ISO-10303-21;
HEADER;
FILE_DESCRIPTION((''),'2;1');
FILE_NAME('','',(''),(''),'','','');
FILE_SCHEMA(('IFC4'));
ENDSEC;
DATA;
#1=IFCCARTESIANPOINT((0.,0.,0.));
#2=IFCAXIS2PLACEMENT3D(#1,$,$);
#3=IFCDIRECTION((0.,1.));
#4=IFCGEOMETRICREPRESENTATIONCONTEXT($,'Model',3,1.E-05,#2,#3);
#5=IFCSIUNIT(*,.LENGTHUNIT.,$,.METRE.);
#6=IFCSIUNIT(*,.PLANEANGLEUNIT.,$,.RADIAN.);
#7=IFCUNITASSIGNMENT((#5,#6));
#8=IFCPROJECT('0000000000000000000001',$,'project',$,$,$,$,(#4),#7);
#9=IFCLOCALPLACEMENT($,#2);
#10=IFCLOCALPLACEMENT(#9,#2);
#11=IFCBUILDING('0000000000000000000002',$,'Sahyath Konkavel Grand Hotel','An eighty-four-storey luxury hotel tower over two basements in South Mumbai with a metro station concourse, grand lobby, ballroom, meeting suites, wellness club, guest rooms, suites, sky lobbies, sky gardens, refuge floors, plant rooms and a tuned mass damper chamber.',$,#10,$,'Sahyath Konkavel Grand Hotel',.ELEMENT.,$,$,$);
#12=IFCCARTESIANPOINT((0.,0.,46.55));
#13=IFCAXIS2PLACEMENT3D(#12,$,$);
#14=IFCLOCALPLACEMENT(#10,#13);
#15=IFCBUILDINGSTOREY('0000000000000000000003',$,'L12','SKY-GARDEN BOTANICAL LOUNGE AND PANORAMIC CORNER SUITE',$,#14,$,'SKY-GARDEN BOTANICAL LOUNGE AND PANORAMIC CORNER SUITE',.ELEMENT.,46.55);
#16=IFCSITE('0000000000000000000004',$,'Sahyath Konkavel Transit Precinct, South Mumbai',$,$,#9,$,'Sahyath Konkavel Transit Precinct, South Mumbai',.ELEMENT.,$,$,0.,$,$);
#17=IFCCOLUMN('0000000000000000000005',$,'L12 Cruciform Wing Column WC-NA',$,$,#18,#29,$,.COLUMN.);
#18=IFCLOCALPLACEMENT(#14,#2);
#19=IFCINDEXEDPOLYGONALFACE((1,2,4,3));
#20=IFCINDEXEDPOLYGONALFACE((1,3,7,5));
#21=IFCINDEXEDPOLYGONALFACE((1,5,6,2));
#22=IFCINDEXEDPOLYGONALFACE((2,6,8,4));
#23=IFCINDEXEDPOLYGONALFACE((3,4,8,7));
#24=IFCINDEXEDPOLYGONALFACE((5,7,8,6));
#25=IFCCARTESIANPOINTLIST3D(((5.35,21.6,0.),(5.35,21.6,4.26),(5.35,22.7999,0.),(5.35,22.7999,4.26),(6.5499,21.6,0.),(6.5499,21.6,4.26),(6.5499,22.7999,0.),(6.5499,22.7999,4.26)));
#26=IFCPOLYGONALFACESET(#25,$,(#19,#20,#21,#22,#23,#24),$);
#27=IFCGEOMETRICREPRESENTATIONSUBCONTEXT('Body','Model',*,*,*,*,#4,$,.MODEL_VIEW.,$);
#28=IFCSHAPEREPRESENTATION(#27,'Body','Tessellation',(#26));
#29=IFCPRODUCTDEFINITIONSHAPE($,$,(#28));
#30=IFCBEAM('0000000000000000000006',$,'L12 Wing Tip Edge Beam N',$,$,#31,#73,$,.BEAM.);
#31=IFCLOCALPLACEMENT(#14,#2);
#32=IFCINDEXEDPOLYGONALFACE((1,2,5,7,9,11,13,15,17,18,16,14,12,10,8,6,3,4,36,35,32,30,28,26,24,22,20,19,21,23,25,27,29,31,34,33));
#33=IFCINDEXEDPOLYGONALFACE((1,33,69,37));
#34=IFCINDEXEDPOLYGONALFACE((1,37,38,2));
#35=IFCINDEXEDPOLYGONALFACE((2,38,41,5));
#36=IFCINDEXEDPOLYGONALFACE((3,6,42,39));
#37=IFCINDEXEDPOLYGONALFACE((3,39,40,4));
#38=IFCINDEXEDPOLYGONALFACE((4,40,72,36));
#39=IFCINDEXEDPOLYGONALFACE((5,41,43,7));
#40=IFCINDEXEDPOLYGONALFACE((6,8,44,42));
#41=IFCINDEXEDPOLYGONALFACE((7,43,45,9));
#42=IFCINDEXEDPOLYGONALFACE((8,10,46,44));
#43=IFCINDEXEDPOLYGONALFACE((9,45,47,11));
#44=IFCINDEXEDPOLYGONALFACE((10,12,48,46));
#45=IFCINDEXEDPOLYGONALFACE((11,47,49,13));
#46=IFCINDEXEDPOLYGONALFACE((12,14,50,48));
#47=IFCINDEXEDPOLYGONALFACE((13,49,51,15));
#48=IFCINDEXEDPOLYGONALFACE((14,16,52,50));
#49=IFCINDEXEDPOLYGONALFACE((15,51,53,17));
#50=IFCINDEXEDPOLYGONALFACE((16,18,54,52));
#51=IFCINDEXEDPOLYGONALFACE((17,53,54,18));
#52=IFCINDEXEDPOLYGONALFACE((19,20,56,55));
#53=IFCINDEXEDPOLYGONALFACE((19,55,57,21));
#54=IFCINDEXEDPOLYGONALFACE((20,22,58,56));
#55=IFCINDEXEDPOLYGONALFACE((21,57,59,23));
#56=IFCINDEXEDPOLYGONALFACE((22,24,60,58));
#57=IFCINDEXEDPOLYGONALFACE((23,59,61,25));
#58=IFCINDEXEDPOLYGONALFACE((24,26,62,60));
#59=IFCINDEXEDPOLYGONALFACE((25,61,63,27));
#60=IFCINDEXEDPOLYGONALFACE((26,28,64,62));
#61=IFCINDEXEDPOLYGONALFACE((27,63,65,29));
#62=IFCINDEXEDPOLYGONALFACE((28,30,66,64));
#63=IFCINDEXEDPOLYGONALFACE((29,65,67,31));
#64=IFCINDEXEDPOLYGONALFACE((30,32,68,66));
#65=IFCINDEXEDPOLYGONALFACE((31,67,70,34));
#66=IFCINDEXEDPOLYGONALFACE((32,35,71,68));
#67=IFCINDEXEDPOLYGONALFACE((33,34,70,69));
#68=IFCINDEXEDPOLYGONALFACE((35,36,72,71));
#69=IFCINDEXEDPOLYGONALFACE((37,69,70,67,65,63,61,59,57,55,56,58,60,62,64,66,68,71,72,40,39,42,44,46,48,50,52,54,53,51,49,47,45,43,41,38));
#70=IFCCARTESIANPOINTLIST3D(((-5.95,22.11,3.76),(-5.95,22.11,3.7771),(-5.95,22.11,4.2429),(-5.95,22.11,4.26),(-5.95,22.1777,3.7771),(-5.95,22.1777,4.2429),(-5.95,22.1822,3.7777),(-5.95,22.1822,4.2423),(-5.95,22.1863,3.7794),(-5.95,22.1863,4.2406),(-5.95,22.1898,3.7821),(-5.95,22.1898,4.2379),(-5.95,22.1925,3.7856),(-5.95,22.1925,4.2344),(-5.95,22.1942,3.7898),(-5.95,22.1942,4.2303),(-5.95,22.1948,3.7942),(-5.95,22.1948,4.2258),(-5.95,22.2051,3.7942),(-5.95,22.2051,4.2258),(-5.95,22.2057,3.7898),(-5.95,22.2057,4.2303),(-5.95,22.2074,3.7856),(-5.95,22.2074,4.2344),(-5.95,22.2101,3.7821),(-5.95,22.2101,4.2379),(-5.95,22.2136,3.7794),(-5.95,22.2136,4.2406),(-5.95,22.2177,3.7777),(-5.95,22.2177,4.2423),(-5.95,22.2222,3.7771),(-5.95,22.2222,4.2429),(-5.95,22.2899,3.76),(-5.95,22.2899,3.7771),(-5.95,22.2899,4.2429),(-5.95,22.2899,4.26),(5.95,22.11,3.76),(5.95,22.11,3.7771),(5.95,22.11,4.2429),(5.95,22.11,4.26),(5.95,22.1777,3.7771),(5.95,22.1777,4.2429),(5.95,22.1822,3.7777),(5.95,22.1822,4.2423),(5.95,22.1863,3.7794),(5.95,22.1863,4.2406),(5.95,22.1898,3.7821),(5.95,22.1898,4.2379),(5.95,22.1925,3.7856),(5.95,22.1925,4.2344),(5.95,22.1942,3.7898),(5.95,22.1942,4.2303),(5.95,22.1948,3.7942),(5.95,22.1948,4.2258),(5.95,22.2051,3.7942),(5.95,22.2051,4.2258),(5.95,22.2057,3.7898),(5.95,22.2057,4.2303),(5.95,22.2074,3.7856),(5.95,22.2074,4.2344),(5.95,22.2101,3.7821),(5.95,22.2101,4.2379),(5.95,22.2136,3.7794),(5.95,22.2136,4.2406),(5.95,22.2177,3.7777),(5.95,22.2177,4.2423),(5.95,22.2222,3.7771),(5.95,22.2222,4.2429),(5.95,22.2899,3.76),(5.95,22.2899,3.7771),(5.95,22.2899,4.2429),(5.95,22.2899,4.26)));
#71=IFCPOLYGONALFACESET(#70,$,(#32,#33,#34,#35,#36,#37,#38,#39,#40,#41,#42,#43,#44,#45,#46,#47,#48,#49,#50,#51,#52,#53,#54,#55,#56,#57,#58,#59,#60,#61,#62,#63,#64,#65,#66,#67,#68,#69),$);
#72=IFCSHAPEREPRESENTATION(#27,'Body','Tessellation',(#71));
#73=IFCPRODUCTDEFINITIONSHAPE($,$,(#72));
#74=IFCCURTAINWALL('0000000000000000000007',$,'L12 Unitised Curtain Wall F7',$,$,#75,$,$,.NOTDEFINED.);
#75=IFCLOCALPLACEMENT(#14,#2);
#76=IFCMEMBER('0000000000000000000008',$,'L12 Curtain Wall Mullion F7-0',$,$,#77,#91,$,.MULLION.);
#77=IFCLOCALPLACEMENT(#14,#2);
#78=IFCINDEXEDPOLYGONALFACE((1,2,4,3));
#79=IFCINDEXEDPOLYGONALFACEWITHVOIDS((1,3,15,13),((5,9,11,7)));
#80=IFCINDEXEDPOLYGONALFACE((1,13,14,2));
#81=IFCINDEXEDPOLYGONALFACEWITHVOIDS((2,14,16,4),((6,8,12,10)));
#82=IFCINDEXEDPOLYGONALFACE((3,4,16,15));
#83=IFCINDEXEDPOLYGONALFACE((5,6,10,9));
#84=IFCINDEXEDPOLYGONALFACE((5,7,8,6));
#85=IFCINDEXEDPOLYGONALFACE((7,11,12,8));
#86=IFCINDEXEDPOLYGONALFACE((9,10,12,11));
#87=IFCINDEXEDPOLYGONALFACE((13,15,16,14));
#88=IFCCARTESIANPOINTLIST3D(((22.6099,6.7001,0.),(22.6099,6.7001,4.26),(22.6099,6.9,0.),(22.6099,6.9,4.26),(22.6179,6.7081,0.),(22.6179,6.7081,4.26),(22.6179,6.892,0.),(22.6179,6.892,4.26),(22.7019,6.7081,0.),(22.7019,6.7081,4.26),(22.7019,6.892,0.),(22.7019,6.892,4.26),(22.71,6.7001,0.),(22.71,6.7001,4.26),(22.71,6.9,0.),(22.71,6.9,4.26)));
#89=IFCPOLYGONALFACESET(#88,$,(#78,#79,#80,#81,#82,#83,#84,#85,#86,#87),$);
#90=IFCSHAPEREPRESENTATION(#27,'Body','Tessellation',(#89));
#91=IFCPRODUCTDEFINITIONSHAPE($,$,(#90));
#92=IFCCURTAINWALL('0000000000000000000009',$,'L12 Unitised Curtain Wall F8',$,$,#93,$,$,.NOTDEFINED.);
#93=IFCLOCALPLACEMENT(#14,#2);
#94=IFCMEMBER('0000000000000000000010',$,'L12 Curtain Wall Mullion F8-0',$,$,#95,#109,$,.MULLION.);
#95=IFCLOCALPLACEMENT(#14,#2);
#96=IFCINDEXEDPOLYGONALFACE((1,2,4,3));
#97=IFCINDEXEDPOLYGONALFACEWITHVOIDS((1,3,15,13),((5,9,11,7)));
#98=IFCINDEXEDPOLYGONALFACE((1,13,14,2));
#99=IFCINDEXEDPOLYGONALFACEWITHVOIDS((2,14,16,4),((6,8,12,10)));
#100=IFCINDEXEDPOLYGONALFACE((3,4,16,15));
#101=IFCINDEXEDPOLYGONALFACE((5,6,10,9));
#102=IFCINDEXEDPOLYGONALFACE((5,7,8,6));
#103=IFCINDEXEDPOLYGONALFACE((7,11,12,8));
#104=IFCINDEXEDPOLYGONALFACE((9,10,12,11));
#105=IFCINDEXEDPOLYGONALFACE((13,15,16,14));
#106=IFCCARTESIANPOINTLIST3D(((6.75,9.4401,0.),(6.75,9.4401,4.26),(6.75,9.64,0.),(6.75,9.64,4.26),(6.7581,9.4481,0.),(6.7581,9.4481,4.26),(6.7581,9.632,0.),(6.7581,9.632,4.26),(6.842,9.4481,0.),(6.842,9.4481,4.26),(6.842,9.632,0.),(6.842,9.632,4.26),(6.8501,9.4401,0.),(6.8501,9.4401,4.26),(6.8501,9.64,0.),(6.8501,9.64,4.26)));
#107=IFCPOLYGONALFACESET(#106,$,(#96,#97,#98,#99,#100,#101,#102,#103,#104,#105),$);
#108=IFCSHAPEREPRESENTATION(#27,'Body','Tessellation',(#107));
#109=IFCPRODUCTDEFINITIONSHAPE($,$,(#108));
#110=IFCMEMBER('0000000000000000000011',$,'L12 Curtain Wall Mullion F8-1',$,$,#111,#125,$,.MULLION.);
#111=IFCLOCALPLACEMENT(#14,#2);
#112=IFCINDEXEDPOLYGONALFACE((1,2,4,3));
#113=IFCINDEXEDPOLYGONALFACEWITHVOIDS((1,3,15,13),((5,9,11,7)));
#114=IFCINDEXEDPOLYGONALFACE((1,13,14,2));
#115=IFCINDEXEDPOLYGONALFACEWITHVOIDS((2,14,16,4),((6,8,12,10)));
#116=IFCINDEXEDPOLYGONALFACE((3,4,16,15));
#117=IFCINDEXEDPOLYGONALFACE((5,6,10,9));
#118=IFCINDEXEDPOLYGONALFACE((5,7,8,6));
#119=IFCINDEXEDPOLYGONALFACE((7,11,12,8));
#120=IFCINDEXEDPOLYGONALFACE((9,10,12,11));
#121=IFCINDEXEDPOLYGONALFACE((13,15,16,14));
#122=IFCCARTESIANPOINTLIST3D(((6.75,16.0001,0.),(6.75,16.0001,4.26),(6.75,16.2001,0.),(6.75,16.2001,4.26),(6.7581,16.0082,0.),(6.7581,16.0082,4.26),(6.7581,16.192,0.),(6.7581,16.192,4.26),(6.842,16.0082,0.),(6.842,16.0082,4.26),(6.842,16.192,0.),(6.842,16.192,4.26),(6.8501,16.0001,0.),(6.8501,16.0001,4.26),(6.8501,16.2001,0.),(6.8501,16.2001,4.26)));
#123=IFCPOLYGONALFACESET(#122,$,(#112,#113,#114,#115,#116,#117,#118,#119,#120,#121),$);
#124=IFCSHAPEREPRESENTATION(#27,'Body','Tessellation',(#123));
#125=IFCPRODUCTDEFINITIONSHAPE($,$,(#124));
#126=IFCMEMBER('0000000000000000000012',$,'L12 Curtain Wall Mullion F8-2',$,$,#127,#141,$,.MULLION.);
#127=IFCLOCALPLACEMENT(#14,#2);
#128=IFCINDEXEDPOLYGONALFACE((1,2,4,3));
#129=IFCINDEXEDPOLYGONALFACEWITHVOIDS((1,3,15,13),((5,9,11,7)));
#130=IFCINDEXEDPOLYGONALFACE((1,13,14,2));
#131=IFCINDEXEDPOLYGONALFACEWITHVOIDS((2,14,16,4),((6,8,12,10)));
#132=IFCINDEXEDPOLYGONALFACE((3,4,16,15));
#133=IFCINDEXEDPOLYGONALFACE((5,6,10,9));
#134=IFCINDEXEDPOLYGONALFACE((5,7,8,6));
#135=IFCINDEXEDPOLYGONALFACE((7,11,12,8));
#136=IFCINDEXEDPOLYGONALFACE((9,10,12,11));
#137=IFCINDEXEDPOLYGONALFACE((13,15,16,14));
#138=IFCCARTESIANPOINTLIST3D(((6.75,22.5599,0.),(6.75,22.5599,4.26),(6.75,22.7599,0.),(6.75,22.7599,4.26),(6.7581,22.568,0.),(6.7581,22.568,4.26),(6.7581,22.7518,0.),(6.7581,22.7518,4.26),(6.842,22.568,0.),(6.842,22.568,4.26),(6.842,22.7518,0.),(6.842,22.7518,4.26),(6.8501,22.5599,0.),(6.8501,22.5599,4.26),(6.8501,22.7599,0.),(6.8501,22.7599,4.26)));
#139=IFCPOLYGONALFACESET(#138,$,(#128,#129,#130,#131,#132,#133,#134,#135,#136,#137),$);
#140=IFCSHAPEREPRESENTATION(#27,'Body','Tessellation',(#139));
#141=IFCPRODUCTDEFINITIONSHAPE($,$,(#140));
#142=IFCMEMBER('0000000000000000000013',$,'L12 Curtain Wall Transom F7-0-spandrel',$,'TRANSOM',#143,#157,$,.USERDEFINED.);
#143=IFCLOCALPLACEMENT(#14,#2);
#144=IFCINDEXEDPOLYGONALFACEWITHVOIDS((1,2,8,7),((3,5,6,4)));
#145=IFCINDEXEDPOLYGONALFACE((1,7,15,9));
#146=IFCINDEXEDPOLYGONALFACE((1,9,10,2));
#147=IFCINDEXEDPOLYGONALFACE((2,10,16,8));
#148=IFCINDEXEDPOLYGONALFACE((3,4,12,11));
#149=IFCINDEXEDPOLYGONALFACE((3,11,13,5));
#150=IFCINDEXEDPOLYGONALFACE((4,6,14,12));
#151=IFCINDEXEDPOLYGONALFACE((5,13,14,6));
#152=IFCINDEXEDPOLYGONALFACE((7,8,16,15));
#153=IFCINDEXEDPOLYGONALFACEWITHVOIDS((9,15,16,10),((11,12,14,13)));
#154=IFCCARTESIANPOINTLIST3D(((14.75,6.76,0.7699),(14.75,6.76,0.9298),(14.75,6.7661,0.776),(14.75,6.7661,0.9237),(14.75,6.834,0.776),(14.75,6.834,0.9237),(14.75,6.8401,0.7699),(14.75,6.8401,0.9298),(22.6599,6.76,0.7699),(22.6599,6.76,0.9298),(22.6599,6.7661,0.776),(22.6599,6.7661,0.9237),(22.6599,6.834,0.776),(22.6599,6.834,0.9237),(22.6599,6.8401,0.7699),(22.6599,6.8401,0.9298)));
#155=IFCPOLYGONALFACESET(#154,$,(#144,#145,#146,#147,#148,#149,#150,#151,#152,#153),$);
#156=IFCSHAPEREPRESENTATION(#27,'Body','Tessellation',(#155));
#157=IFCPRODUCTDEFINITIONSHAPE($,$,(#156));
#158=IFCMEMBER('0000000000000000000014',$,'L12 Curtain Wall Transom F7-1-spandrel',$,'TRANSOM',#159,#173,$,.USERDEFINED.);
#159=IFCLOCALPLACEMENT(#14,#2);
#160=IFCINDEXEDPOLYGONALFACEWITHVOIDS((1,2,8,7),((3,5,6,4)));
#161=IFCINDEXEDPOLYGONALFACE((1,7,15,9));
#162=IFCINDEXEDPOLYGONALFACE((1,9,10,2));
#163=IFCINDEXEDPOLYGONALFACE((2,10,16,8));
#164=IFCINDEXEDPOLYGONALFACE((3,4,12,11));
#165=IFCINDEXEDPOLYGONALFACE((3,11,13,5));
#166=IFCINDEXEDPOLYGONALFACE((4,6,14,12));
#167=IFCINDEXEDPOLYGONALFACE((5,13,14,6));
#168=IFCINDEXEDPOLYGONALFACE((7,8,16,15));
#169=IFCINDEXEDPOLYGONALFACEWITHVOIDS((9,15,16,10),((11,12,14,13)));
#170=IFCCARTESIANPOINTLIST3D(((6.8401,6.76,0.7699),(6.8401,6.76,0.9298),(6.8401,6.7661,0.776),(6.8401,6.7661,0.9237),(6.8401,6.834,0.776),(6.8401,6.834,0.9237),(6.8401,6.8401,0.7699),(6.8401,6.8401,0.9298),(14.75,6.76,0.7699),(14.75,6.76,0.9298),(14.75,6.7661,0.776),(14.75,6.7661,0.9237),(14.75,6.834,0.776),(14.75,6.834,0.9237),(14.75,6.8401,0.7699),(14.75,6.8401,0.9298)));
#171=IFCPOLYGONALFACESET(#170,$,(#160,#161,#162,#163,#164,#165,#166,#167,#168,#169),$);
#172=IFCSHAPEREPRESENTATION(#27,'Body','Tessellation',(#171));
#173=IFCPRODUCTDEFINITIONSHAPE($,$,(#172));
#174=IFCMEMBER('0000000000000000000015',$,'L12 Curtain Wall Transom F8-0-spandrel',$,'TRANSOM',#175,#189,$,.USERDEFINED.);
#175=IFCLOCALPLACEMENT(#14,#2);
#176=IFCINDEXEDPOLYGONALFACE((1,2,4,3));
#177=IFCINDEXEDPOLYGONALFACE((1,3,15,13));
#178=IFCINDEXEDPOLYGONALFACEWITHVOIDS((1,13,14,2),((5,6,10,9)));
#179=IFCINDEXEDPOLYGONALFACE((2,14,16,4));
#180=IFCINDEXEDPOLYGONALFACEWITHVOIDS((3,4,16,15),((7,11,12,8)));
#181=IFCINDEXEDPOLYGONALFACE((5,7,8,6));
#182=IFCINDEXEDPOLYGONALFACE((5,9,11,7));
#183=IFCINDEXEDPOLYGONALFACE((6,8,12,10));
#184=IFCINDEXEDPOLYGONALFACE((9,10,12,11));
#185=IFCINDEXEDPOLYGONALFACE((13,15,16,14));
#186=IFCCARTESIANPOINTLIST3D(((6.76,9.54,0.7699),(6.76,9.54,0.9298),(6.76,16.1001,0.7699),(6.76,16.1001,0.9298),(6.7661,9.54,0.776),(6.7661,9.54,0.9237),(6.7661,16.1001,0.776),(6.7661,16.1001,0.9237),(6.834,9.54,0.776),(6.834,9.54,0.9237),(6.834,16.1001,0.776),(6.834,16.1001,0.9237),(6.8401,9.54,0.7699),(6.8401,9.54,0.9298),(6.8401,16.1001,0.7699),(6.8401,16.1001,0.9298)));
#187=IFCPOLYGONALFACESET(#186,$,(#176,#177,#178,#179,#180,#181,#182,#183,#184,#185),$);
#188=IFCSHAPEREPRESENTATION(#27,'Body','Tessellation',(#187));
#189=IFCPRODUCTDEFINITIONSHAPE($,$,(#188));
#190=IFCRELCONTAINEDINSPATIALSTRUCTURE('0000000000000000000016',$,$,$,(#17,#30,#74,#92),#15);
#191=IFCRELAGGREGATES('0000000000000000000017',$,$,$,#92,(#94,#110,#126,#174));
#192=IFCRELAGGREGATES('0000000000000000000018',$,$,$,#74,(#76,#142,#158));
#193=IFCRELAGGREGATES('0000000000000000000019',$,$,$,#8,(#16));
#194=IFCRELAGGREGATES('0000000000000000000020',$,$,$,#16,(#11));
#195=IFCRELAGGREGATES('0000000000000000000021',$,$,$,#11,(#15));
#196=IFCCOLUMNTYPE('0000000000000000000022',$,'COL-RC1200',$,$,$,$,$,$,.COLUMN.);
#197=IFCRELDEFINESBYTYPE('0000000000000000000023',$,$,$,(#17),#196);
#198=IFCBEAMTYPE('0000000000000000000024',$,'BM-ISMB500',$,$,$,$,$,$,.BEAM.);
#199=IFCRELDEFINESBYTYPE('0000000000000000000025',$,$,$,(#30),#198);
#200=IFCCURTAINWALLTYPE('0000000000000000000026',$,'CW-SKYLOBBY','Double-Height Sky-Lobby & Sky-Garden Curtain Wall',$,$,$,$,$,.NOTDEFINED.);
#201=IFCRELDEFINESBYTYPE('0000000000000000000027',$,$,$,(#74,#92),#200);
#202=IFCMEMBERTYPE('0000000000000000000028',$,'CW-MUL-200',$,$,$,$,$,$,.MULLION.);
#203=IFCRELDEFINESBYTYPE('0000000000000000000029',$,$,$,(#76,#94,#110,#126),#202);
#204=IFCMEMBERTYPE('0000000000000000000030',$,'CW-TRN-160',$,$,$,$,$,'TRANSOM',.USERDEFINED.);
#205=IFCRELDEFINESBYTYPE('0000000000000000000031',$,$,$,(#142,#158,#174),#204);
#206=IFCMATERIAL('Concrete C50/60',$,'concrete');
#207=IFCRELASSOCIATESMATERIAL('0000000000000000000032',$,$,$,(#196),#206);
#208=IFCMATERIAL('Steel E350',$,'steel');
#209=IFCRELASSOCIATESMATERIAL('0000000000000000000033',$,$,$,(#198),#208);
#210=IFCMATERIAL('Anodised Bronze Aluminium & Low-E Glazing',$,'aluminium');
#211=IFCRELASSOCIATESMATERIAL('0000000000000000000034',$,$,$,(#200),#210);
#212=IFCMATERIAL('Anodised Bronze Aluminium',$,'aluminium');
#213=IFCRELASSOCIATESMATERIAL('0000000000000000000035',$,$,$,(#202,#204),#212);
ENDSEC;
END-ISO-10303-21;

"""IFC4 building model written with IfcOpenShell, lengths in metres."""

from ifc_helpers import new_model, si_unit, direction, frame, origin, origin_2d, place, context, subcontext, project, spatial, rectangle, hollow_rectangle, i_section, extrude, source, transform, mapped, material, material_profile, profile_set, type_object, element, aggregate, save


model = new_model("IFC4")

# Units and contexts
model_context = context("Model", 3, precision=1e-05, world=origin(), true_north=direction((0.0, 1.0)))
body_context = subcontext(model_context, "Body", "Model", "MODEL_VIEW")
ifc_project = project(units=[si_unit("LENGTHUNIT", "METRE"), si_unit("PLANEANGLEUNIT", "RADIAN")], contexts=[model_context])

# Site, building, storey
site_placement = place(None, origin())
site = spatial("IfcSite", under=ifc_project, at=site_placement, Name="Sahyath Konkavel Transit Precinct, South Mumbai", LongName="Sahyath Konkavel Transit Precinct, South Mumbai", CompositionType="ELEMENT", RefElevation=0.0)
building_placement = place(site_placement, origin())
building = spatial("IfcBuilding", under=site, at=building_placement, Name="Sahyath Konkavel Grand Hotel", Description="An eighty-four-storey luxury hotel tower over two basements in South Mumbai with a metro station concourse, grand lobby, ballroom, meeting suites, wellness club, guest rooms, suites, sky lobbies, sky gardens, refuge floors, plant rooms and a tuned mass damper chamber.", LongName="Sahyath Konkavel Grand Hotel", CompositionType="ELEMENT")
storey_placement = place(building_placement, frame((0.0, 0.0, 46.55)))
storey = spatial("IfcBuildingStorey", under=building, at=storey_placement, Name="L12", Description="SKY-GARDEN BOTANICAL LOUNGE AND PANORAMIC CORNER SUITE", LongName="SKY-GARDEN BOTANICAL LOUNGE AND PANORAMIC CORNER SUITE", CompositionType="ELEMENT", Elevation=46.55)

# Column
ifc_material_1 = material(Name="Concrete C50/60", Category="concrete")
ifc_material_profile_1 = material_profile(ifc_material_1, rectangle(XDim=1.2, YDim=1.2, at=origin_2d()), Name="RC 1200x1200")
ifc_profile_set_1 = profile_set([ifc_material_profile_1], Name="Concrete C50/60")
column_type = type_object("IfcColumnType", Name="COL-RC1200", PredefinedType="COLUMN", material=ifc_profile_set_1)
shared_shape_1 = source(origin(), body_context, "Body", "SweptSolid", [
    extrude(rectangle(XDim=1.2, YDim=1.2, at=origin_2d()), origin(), (0.0, 0.0, 1.0), 4.26),
])
column_placement = place(storey_placement, frame((5.95, 22.2, 0.0), z_axis=(0.0, 0.0, 1.0), x_axis=(1.0, 0.0, 0.0)))
element("IfcColumn", 1, at=column_placement, inside=storey, type_object=column_type, Name="L12 Cruciform Wing Column WC-NA", PredefinedType="COLUMN", context=body_context, shape_type="MappedRepresentation", body=[
    mapped(shared_shape_1, transform((0.0, 0.0, 0.0), scale=1.0)),
])

# Beam
ifc_material_2 = material(Name="Steel E350", Category="steel")
ifc_material_profile_2 = material_profile(ifc_material_2, i_section(OverallWidth=0.1799, OverallDepth=0.5, WebThickness=0.0103, FlangeThickness=0.0171, FilletRadius=0.0171, at=origin_2d()), Name="ISMB 500")
ifc_profile_set_2 = profile_set([ifc_material_profile_2], Name="Steel E350")
beam_type = type_object("IfcBeamType", Name="BM-ISMB500", PredefinedType="BEAM", material=ifc_profile_set_2)
shared_shape_2 = source(origin(), body_context, "Body", "SweptSolid", [
    extrude(i_section(OverallWidth=0.1799, OverallDepth=0.5, WebThickness=0.0103, FlangeThickness=0.0171, FilletRadius=0.0171, at=origin_2d()), origin(), (0.0, 0.0, 1.0), 11.8999),
])
beam_placement = place(storey_placement, frame((5.95, 22.2, 4.01), z_axis=(-1.0, 0.0, 0.0), x_axis=(0.0, -1.0, 0.0)))
element("IfcBeam", 2, at=beam_placement, inside=storey, type_object=beam_type, Name="L12 Wing Tip Edge Beam N", PredefinedType="BEAM", context=body_context, shape_type="MappedRepresentation", body=[
    mapped(shared_shape_2, transform((0.0, 0.0, 0.0), scale=1.0)),
])

# Curtain wall, member
ifc_material_3 = material(Name="Anodised Bronze Aluminium & Low-E Glazing", Category="aluminium")
curtain_wall_type = type_object("IfcCurtainWallType", Name="CW-SKYLOBBY", Description="Double-Height Sky-Lobby & Sky-Garden Curtain Wall", PredefinedType="NOTDEFINED", material=ifc_material_3)
curtain_wall_1_placement = place(storey_placement, origin())
curtain_wall_1 = element("IfcCurtainWall", 3, at=curtain_wall_1_placement, inside=storey, type_object=curtain_wall_type, Name="L12 Unitised Curtain Wall F7", PredefinedType="NOTDEFINED")
ifc_material_4 = material(Name="Anodised Bronze Aluminium", Category="aluminium")
ifc_material_profile_3 = material_profile(ifc_material_4, hollow_rectangle(XDim=0.1001, YDim=0.2, WallThickness=0.0081, at=origin_2d()), Name="RHS 200x100x8")
ifc_profile_set_3 = profile_set([ifc_material_profile_3], Name="Anodised Bronze Aluminium")
member_type_1 = type_object("IfcMemberType", Name="CW-MUL-200", PredefinedType="MULLION", material=ifc_profile_set_3)
shared_shape_3 = source(origin(), body_context, "Body", "SweptSolid", [
    extrude(hollow_rectangle(XDim=0.1001, YDim=0.2, WallThickness=0.0081, at=origin_2d()), origin(), (0.0, 0.0, 1.0), 4.26),
])
member_1_placement = place(storey_placement, frame((22.6599, 6.8, 0.0), z_axis=(0.0, 0.0, 1.0), x_axis=(1.0, 0.0, 0.0)))
member_1 = element("IfcMember", 4, at=member_1_placement, type_object=member_type_1, Name="L12 Curtain Wall Mullion F7-0", PredefinedType="MULLION", context=body_context, shape_type="MappedRepresentation", body=[
    mapped(shared_shape_3, transform((0.0, 0.0, 0.0), scale=1.0)),
])

# Curtain wall, members
curtain_wall_2_placement = place(storey_placement, origin())
curtain_wall_2 = element("IfcCurtainWall", 5, at=curtain_wall_2_placement, inside=storey, type_object=curtain_wall_type, Name="L12 Unitised Curtain Wall F8", PredefinedType="NOTDEFINED")
member_2_placement = place(storey_placement, frame((6.8, 9.54, 0.0), z_axis=(0.0, 0.0, 1.0), x_axis=(1.0, 0.0, 0.0)))
member_2 = element("IfcMember", 6, at=member_2_placement, type_object=member_type_1, Name="L12 Curtain Wall Mullion F8-0", PredefinedType="MULLION", context=body_context, shape_type="MappedRepresentation", body=[
    mapped(shared_shape_3, transform((0.0, 0.0, 0.0), scale=1.0)),
])
member_3_placement = place(storey_placement, frame((6.8, 16.1001, 0.0), z_axis=(0.0, 0.0, 1.0), x_axis=(1.0, 0.0, 0.0)))
member_3 = element("IfcMember", 7, at=member_3_placement, type_object=member_type_1, Name="L12 Curtain Wall Mullion F8-1", PredefinedType="MULLION", context=body_context, shape_type="MappedRepresentation", body=[
    mapped(shared_shape_3, transform((0.0, 0.0, 0.0), scale=1.0)),
])
member_4_placement = place(storey_placement, frame((6.8, 22.6599, 0.0), z_axis=(0.0, 0.0, 1.0), x_axis=(1.0, 0.0, 0.0)))
member_4 = element("IfcMember", 8, at=member_4_placement, type_object=member_type_1, Name="L12 Curtain Wall Mullion F8-2", PredefinedType="MULLION", context=body_context, shape_type="MappedRepresentation", body=[
    mapped(shared_shape_3, transform((0.0, 0.0, 0.0), scale=1.0)),
])

# Members
ifc_material_profile_4 = material_profile(ifc_material_4, hollow_rectangle(XDim=0.0801, YDim=0.1599, WallThickness=0.0061, at=origin_2d()), Name="RHS 160x80x6")
ifc_profile_set_4 = profile_set([ifc_material_profile_4], Name="Anodised Bronze Aluminium")
member_type_2 = type_object("IfcMemberType", Name="CW-TRN-160", ElementType="TRANSOM", PredefinedType="USERDEFINED", material=ifc_profile_set_4)
shared_shape_4 = source(origin(), body_context, "Body", "SweptSolid", [
    extrude(hollow_rectangle(XDim=0.0801, YDim=0.1599, WallThickness=0.0061, at=origin_2d()), origin(), (0.0, 0.0, 1.0), 7.9099),
])
member_5_placement = place(storey_placement, frame((22.6599, 6.8, 0.8499), z_axis=(-1.0, 0.0, 0.0), x_axis=(0.0, -1.0, 0.0)))
member_5 = element("IfcMember", 9, at=member_5_placement, type_object=member_type_2, Name="L12 Curtain Wall Transom F7-0-spandrel", ObjectType="TRANSOM", PredefinedType="USERDEFINED", context=body_context, shape_type="MappedRepresentation", body=[
    mapped(shared_shape_4, transform((0.0, 0.0, 0.0), scale=1.0)),
])
member_6_placement = place(storey_placement, frame((14.75, 6.8, 0.8499), z_axis=(-1.0, 0.0, 0.0), x_axis=(0.0, -1.0, 0.0)))
member_6 = element("IfcMember", 10, at=member_6_placement, type_object=member_type_2, Name="L12 Curtain Wall Transom F7-1-spandrel", ObjectType="TRANSOM", PredefinedType="USERDEFINED", context=body_context, shape_type="MappedRepresentation", body=[
    mapped(shared_shape_4, transform((0.0, 0.0, 0.0), scale=1.0)),
])
shared_shape_5 = source(origin(), body_context, "Body", "SweptSolid", [
    extrude(hollow_rectangle(XDim=0.0801, YDim=0.1599, WallThickness=0.0061, at=origin_2d()), origin(), (0.0, 0.0, 1.0), 6.5601),
])
member_7_placement = place(storey_placement, frame((6.8, 9.54, 0.8499), z_axis=(0.0, 1.0, 0.0), x_axis=(-1.0, 0.0, 0.0)))
member_7 = element("IfcMember", 11, at=member_7_placement, type_object=member_type_2, Name="L12 Curtain Wall Transom F8-0-spandrel", ObjectType="TRANSOM", PredefinedType="USERDEFINED", context=body_context, shape_type="MappedRepresentation", body=[
    mapped(shared_shape_5, transform((0.0, 0.0, 0.0), scale=1.0)),
])

aggregate(curtain_wall_2, [member_2, member_3, member_4, member_7])
aggregate(curtain_wall_1, [member_1, member_5, member_6])

save(model, "model.ifc")
